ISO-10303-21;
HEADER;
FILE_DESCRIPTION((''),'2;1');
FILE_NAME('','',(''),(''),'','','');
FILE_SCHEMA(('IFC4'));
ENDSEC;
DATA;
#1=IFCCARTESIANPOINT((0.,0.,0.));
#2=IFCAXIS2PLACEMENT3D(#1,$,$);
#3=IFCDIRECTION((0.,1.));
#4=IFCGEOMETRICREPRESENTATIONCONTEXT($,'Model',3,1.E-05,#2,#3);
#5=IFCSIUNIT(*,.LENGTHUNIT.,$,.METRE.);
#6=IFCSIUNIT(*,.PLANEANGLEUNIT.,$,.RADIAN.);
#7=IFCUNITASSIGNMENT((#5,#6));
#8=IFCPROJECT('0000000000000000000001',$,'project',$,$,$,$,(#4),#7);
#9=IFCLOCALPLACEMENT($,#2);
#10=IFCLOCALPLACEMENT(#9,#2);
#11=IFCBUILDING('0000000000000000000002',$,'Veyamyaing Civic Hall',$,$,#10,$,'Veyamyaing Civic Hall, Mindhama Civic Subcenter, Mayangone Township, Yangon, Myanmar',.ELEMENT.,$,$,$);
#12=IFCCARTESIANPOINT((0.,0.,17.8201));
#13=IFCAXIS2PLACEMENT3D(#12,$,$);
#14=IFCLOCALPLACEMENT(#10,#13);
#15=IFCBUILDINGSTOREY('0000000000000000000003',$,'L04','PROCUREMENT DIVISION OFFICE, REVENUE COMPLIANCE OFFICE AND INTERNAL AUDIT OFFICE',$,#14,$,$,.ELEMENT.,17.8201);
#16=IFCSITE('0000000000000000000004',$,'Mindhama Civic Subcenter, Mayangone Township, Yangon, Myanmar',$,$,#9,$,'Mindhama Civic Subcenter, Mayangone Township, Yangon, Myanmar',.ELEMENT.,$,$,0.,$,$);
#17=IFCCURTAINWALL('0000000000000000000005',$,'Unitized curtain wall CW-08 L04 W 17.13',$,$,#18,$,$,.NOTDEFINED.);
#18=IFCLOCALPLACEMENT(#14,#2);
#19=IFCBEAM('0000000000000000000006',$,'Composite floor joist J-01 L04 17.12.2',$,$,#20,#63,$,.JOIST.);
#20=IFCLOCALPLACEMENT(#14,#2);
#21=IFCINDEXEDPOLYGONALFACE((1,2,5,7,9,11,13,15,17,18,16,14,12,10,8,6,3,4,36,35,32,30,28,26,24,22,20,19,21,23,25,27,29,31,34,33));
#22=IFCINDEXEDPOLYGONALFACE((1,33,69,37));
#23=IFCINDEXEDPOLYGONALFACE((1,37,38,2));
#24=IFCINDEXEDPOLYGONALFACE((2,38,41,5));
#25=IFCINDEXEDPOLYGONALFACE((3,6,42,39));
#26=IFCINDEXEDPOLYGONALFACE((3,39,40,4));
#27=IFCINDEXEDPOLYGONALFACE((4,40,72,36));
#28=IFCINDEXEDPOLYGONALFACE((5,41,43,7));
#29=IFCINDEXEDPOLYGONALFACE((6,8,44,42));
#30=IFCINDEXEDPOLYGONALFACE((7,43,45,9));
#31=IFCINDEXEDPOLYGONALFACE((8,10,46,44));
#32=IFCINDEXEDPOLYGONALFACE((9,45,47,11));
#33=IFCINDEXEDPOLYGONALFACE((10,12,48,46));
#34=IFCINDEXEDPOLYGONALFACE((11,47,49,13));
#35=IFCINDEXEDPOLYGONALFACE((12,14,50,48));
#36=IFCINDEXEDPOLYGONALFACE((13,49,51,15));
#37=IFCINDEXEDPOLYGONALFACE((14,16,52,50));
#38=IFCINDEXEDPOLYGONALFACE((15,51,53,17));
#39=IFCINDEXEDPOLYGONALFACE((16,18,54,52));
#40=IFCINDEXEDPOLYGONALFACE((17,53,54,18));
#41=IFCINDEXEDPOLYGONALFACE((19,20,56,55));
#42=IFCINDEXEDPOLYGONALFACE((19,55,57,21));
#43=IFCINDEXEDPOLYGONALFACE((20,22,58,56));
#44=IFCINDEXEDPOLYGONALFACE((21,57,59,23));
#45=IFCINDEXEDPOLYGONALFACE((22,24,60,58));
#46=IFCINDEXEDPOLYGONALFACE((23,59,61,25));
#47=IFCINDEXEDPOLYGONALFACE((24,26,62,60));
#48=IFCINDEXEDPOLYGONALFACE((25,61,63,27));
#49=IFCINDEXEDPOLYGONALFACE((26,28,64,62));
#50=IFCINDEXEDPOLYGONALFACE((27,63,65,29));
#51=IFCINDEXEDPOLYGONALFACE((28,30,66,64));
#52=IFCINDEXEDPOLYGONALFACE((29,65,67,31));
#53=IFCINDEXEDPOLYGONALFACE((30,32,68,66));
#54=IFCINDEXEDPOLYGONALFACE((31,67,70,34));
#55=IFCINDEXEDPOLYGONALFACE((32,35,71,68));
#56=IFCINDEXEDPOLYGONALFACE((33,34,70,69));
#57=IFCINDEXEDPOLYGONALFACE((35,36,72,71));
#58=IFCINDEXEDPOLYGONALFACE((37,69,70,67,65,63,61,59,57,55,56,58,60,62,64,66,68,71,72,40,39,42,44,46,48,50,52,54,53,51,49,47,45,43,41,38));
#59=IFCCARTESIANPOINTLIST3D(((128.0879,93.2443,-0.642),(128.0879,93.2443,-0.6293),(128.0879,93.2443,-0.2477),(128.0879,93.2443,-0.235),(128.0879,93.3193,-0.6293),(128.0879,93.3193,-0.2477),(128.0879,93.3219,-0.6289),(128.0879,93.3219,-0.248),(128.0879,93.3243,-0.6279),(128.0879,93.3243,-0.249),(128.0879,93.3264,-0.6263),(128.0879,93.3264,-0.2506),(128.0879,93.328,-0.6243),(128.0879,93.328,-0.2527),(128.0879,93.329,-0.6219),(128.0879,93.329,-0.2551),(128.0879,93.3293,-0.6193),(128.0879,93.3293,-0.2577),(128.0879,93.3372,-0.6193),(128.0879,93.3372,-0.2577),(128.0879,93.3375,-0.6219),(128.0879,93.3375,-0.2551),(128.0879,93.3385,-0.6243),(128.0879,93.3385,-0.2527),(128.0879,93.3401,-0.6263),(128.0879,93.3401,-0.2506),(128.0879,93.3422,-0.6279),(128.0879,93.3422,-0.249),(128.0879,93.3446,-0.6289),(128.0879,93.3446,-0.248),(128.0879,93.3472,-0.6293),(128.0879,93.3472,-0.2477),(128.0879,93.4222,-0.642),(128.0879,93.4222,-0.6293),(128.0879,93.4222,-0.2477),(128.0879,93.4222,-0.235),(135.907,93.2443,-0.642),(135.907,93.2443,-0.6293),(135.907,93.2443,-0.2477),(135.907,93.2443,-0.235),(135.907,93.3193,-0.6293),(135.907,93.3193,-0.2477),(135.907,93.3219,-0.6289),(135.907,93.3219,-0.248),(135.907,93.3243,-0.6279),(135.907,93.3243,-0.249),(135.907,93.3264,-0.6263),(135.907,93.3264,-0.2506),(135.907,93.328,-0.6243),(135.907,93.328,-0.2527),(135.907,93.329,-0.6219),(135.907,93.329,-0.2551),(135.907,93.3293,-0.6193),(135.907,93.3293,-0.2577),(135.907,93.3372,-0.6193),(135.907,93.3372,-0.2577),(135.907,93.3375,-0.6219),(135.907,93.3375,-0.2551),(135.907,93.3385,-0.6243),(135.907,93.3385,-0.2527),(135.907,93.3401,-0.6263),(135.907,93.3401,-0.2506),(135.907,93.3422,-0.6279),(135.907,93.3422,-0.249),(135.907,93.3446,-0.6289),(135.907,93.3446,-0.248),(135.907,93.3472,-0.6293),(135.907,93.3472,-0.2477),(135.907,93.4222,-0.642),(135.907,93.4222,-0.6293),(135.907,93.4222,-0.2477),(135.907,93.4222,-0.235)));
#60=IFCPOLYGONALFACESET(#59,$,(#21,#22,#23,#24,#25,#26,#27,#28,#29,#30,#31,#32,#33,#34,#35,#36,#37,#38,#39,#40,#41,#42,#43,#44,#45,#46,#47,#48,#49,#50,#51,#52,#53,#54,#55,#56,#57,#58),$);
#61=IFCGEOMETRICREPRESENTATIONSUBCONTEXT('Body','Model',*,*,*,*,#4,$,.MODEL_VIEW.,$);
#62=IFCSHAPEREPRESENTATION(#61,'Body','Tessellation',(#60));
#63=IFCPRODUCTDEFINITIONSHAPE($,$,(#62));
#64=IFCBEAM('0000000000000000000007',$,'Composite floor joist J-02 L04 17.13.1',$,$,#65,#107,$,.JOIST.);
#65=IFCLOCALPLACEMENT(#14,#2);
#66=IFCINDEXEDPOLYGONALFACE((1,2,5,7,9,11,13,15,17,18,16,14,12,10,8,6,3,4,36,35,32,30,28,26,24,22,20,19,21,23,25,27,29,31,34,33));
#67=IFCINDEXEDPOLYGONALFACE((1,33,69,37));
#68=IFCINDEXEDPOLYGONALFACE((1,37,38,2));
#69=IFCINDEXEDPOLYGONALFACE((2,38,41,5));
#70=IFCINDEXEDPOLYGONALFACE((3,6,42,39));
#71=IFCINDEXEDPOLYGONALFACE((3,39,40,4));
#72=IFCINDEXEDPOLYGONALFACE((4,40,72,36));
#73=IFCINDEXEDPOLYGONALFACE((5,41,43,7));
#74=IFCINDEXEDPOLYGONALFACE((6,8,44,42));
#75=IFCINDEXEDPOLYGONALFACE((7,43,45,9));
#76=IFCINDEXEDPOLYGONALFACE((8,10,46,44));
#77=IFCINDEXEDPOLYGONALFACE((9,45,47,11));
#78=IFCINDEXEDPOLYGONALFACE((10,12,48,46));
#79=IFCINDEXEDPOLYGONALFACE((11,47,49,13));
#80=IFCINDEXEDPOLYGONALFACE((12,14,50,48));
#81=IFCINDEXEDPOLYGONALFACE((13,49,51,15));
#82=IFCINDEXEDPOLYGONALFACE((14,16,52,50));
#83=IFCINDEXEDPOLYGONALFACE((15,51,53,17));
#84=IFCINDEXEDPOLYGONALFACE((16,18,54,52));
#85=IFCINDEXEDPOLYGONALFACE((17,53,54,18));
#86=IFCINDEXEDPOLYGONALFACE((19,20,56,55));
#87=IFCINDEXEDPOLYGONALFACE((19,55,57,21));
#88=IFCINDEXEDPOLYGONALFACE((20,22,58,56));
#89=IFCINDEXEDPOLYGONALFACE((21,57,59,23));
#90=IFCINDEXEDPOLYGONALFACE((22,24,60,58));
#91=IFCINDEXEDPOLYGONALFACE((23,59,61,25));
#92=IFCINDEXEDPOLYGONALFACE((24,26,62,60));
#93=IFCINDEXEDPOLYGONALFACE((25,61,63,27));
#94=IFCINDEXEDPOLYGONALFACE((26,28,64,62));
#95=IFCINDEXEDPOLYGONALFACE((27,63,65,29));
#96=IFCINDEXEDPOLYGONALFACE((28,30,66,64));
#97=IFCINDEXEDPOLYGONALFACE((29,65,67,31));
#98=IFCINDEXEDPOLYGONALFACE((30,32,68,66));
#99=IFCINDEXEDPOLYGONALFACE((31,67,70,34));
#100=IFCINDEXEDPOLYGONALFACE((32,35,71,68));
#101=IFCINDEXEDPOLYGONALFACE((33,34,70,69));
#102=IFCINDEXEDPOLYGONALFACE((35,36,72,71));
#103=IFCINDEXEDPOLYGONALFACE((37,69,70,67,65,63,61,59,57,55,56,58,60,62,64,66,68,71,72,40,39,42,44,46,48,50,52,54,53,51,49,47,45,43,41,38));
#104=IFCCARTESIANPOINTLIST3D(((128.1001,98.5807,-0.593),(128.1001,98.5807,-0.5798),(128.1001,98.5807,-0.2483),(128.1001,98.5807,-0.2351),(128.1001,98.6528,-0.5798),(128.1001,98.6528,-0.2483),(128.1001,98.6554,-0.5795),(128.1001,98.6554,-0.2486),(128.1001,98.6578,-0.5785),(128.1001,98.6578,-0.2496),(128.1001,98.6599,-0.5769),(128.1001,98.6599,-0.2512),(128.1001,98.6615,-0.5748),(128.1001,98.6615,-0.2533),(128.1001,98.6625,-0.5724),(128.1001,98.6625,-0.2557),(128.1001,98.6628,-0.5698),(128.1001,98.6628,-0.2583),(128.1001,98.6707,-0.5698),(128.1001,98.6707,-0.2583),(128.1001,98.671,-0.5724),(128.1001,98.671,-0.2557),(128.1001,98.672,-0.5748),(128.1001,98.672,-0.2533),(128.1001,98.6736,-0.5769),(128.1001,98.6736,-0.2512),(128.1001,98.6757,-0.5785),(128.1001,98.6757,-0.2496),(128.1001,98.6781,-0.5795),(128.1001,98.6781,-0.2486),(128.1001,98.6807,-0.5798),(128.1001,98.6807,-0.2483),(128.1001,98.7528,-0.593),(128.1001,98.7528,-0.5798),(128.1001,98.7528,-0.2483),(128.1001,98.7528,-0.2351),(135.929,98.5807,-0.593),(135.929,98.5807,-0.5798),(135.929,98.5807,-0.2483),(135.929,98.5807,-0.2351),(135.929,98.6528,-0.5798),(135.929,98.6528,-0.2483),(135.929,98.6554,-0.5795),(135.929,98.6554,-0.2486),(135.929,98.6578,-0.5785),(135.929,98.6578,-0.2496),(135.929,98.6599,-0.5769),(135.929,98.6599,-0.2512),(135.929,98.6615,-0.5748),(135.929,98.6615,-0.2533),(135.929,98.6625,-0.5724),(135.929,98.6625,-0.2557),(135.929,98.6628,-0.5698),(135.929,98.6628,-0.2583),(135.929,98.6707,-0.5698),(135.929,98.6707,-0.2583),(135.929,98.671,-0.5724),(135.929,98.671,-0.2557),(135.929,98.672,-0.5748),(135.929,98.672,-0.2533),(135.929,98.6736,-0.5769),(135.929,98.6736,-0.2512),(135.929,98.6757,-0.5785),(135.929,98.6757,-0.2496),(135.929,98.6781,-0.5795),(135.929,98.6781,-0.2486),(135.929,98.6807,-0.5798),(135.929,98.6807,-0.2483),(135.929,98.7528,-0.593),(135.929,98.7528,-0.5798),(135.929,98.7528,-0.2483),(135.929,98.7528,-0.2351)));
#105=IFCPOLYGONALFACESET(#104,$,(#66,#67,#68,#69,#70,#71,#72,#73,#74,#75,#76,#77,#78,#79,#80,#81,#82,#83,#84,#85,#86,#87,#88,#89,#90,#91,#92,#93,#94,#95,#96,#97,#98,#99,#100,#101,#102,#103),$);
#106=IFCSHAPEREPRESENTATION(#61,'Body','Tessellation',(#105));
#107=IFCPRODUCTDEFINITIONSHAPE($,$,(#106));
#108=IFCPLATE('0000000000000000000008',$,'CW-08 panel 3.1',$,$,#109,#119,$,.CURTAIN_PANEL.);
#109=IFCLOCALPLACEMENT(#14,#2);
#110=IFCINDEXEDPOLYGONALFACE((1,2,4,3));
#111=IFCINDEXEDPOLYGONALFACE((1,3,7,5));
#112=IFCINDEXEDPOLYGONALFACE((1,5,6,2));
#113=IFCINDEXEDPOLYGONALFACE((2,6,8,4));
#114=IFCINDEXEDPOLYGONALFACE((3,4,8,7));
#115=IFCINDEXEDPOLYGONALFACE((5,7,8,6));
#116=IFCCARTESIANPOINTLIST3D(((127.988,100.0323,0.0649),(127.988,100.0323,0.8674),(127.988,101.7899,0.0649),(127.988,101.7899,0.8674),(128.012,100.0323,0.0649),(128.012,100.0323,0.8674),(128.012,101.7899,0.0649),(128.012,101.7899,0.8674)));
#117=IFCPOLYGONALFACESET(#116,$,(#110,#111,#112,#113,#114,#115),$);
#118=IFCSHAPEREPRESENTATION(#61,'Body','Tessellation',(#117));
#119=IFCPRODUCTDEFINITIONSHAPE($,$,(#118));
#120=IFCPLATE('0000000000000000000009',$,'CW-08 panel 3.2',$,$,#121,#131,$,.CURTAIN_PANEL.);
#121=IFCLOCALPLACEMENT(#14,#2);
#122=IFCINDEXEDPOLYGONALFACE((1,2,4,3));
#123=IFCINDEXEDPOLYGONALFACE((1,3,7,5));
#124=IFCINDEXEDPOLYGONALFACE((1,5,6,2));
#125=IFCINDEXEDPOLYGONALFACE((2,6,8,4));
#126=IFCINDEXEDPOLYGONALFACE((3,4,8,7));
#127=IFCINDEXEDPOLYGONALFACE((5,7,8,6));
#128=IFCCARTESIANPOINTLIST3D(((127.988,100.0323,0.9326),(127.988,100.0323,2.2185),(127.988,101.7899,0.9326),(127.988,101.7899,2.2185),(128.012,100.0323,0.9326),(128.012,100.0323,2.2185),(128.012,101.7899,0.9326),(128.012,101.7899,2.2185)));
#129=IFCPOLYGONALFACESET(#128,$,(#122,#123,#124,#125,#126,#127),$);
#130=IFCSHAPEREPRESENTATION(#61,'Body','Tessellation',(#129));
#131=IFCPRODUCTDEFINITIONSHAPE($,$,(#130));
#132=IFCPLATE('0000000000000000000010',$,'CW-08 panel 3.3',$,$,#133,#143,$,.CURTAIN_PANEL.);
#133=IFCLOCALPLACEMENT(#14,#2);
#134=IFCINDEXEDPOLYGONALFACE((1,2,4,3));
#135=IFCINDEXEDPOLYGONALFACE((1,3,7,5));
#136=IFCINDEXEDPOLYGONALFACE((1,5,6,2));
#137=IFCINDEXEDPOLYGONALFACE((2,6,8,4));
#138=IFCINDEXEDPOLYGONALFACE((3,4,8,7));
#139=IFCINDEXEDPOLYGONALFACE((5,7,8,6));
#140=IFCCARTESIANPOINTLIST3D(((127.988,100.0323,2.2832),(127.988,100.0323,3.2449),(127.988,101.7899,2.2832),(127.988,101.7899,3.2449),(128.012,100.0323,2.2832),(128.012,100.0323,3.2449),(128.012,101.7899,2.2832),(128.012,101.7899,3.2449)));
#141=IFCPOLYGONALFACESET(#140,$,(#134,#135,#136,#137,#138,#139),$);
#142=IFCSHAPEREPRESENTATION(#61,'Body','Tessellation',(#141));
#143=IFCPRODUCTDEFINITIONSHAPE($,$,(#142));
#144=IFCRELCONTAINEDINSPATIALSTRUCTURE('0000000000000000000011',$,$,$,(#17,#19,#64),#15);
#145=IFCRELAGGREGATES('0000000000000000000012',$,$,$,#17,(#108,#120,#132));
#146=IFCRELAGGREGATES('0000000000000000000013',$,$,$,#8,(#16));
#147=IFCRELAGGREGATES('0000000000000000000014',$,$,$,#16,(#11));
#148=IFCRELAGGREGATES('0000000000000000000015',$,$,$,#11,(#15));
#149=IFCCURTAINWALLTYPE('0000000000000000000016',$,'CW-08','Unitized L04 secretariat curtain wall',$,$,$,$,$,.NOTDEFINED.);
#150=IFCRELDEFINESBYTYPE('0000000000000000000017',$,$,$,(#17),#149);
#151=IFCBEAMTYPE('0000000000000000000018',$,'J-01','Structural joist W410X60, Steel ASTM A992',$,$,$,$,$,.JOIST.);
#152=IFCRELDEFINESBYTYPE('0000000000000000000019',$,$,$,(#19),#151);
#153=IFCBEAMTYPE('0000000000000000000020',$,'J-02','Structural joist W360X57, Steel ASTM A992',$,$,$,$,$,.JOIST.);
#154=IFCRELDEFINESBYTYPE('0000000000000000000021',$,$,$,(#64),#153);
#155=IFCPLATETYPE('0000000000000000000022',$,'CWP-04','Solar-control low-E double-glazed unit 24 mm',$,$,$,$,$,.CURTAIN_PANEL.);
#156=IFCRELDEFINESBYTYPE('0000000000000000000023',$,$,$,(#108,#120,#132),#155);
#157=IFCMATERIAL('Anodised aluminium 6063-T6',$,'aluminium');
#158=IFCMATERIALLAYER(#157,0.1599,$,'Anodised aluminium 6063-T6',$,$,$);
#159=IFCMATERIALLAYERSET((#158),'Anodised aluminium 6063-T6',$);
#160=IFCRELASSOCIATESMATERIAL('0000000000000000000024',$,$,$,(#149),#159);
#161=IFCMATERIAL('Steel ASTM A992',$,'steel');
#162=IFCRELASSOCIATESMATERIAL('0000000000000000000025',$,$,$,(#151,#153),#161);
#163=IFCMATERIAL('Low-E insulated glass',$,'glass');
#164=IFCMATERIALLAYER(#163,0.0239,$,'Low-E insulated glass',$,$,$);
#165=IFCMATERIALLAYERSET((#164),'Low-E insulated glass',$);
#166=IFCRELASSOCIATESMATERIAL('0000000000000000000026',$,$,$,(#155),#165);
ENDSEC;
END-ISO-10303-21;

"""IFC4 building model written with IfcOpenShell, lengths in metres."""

from ifc_helpers import new_model, si_unit, direction, frame, origin, origin_2d, place, context, subcontext, project, spatial, rectangle, i_section, extrude, material, layer, layer_set, material_profile, profile_set, type_object, element, aggregate, save


model = new_model("IFC4")

# Units and contexts
model_context = context("Model", 3, precision=1e-05, world=origin(), true_north=direction((0.0, 1.0)))
body_context = subcontext(model_context, "Body", "Model", "MODEL_VIEW")
ifc_project = project(units=[si_unit("LENGTHUNIT", "METRE"), si_unit("PLANEANGLEUNIT", "RADIAN")], contexts=[model_context])

# Site, building, storey
site_placement = place(None, origin())
site = spatial("IfcSite", under=ifc_project, at=site_placement, Name="Mindhama Civic Subcenter, Mayangone Township, Yangon, Myanmar", LongName="Mindhama Civic Subcenter, Mayangone Township, Yangon, Myanmar", CompositionType="ELEMENT", RefElevation=0.0)
building_placement = place(site_placement, origin())
building = spatial("IfcBuilding", under=site, at=building_placement, Name="Veyamyaing Civic Hall", LongName="Veyamyaing Civic Hall, Mindhama Civic Subcenter, Mayangone Township, Yangon, Myanmar", CompositionType="ELEMENT")
storey_placement = place(building_placement, frame((0.0, 0.0, 17.8201)))
storey = spatial("IfcBuildingStorey", under=building, at=storey_placement, Name="L04", Description="PROCUREMENT DIVISION OFFICE, REVENUE COMPLIANCE OFFICE AND INTERNAL AUDIT OFFICE", CompositionType="ELEMENT", Elevation=17.8201)

# Shared definitions
ifc_material_1 = material(Name="Steel ASTM A992", Category="steel")

# Curtain wall
ifc_material_2 = material(Name="Anodised aluminium 6063-T6", Category="aluminium")
ifc_layer_1 = layer(ifc_material_2, 0.1599, Name="Anodised aluminium 6063-T6")
ifc_layer_set_1 = layer_set([ifc_layer_1], Name="Anodised aluminium 6063-T6")
curtain_wall_type = type_object("IfcCurtainWallType", Name="CW-08", Description="Unitized L04 secretariat curtain wall", PredefinedType="NOTDEFINED", material=ifc_layer_set_1)
curtain_wall_placement = place(storey_placement, origin())
curtain_wall = element("IfcCurtainWall", 1, at=curtain_wall_placement, inside=storey, type_object=curtain_wall_type, Name="Unitized curtain wall CW-08 L04 W 17.13", PredefinedType="NOTDEFINED")

# Beams
ifc_material_profile_1 = material_profile(ifc_material_1, i_section(OverallWidth=0.178, OverallDepth=0.407, WebThickness=0.0078, FlangeThickness=0.0127, FilletRadius=0.01, at=origin_2d()), Name="W410X60")
ifc_profile_set_1 = profile_set([ifc_material_profile_1], Name="Steel ASTM A992")
beam_type_1 = type_object("IfcBeamType", Name="J-01", Description="Structural joist W410X60, Steel ASTM A992", PredefinedType="JOIST", material=ifc_profile_set_1)
for number, where, z_axis, x_axis, name in (
    (2, (128.0879, 93.3333, -0.4385), (1.0, 0.0, 0.0), (0.0, 1.0, 0.0), "Composite floor joist J-01 L04 17.12.2"),
):
    element("IfcBeam", number, at=place(storey_placement, frame(where, z_axis=z_axis, x_axis=x_axis)), inside=storey, type_object=beam_type_1, Name=name, PredefinedType="JOIST", context=body_context, shape_type="SweptSolid", body=[
        extrude(i_section(OverallWidth=0.178, OverallDepth=0.407, WebThickness=0.0078, FlangeThickness=0.0127, FilletRadius=0.01, at=origin_2d()), origin(), (0.0, 0.0, 1.0), 7.8191),
    ])
ifc_material_profile_2 = material_profile(ifc_material_1, i_section(OverallWidth=0.1721, OverallDepth=0.3579, WebThickness=0.0078, FlangeThickness=0.0132, FilletRadius=0.01, at=origin_2d()), Name="W360X57")
ifc_profile_set_2 = profile_set([ifc_material_profile_2], Name="Steel ASTM A992")
beam_type_2 = type_object("IfcBeamType", Name="J-02", Description="Structural joist W360X57, Steel ASTM A992", PredefinedType="JOIST", material=ifc_profile_set_2)
beam_1_placement = place(storey_placement, frame((128.1001, 98.6667, -0.4141), z_axis=(1.0, 0.0, 0.0), x_axis=(0.0, 1.0, 0.0)))
element("IfcBeam", 3, at=beam_1_placement, inside=storey, type_object=beam_type_2, Name="Composite floor joist J-02 L04 17.13.1", PredefinedType="JOIST", context=body_context, shape_type="SweptSolid", body=[
    extrude(i_section(OverallWidth=0.1721, OverallDepth=0.3579, WebThickness=0.0078, FlangeThickness=0.0132, FilletRadius=0.01, at=origin_2d()), origin(), (0.0, 0.0, 1.0), 7.8289),
])

# Plates
ifc_material_3 = material(Name="Low-E insulated glass", Category="glass")
ifc_layer_2 = layer(ifc_material_3, 0.0239, Name="Low-E insulated glass")
ifc_layer_set_2 = layer_set([ifc_layer_2], Name="Low-E insulated glass")
plate_type = type_object("IfcPlateType", Name="CWP-04", Description="Solar-control low-E double-glazed unit 24 mm", PredefinedType="CURTAIN_PANEL", material=ifc_layer_set_2)
plate_1_placement = place(storey_placement, frame((128.0, 100.9111, 0.0649), z_axis=(0.0, 0.0, 1.0), x_axis=(0.0, 1.0, 0.0)))
plate_1 = element("IfcPlate", 4, at=plate_1_placement, type_object=plate_type, Name="CW-08 panel 3.1", PredefinedType="CURTAIN_PANEL", context=body_context, shape_type="SweptSolid", body=[
    extrude(rectangle(XDim=1.7576, YDim=0.0239, at=origin_2d()), origin(), (0.0, 0.0, 1.0), 0.8025),
])
plate_2_placement = place(storey_placement, frame((128.0, 100.9111, 0.9326), z_axis=(0.0, 0.0, 1.0), x_axis=(0.0, 1.0, 0.0)))
plate_2 = element("IfcPlate", 5, at=plate_2_placement, type_object=plate_type, Name="CW-08 panel 3.2", PredefinedType="CURTAIN_PANEL", context=body_context, shape_type="SweptSolid", body=[
    extrude(rectangle(XDim=1.7576, YDim=0.0239, at=origin_2d()), origin(), (0.0, 0.0, 1.0), 1.2859),
])
plate_3_placement = place(storey_placement, frame((128.0, 100.9111, 2.2832), z_axis=(0.0, 0.0, 1.0), x_axis=(0.0, 1.0, 0.0)))
plate_3 = element("IfcPlate", 6, at=plate_3_placement, type_object=plate_type, Name="CW-08 panel 3.3", PredefinedType="CURTAIN_PANEL", context=body_context, shape_type="SweptSolid", body=[
    extrude(rectangle(XDim=1.7576, YDim=0.0239, at=origin_2d()), origin(), (0.0, 0.0, 1.0), 0.9617),
])
aggregate(curtain_wall, [plate_1, plate_2, plate_3])

save(model, "model.ifc")
